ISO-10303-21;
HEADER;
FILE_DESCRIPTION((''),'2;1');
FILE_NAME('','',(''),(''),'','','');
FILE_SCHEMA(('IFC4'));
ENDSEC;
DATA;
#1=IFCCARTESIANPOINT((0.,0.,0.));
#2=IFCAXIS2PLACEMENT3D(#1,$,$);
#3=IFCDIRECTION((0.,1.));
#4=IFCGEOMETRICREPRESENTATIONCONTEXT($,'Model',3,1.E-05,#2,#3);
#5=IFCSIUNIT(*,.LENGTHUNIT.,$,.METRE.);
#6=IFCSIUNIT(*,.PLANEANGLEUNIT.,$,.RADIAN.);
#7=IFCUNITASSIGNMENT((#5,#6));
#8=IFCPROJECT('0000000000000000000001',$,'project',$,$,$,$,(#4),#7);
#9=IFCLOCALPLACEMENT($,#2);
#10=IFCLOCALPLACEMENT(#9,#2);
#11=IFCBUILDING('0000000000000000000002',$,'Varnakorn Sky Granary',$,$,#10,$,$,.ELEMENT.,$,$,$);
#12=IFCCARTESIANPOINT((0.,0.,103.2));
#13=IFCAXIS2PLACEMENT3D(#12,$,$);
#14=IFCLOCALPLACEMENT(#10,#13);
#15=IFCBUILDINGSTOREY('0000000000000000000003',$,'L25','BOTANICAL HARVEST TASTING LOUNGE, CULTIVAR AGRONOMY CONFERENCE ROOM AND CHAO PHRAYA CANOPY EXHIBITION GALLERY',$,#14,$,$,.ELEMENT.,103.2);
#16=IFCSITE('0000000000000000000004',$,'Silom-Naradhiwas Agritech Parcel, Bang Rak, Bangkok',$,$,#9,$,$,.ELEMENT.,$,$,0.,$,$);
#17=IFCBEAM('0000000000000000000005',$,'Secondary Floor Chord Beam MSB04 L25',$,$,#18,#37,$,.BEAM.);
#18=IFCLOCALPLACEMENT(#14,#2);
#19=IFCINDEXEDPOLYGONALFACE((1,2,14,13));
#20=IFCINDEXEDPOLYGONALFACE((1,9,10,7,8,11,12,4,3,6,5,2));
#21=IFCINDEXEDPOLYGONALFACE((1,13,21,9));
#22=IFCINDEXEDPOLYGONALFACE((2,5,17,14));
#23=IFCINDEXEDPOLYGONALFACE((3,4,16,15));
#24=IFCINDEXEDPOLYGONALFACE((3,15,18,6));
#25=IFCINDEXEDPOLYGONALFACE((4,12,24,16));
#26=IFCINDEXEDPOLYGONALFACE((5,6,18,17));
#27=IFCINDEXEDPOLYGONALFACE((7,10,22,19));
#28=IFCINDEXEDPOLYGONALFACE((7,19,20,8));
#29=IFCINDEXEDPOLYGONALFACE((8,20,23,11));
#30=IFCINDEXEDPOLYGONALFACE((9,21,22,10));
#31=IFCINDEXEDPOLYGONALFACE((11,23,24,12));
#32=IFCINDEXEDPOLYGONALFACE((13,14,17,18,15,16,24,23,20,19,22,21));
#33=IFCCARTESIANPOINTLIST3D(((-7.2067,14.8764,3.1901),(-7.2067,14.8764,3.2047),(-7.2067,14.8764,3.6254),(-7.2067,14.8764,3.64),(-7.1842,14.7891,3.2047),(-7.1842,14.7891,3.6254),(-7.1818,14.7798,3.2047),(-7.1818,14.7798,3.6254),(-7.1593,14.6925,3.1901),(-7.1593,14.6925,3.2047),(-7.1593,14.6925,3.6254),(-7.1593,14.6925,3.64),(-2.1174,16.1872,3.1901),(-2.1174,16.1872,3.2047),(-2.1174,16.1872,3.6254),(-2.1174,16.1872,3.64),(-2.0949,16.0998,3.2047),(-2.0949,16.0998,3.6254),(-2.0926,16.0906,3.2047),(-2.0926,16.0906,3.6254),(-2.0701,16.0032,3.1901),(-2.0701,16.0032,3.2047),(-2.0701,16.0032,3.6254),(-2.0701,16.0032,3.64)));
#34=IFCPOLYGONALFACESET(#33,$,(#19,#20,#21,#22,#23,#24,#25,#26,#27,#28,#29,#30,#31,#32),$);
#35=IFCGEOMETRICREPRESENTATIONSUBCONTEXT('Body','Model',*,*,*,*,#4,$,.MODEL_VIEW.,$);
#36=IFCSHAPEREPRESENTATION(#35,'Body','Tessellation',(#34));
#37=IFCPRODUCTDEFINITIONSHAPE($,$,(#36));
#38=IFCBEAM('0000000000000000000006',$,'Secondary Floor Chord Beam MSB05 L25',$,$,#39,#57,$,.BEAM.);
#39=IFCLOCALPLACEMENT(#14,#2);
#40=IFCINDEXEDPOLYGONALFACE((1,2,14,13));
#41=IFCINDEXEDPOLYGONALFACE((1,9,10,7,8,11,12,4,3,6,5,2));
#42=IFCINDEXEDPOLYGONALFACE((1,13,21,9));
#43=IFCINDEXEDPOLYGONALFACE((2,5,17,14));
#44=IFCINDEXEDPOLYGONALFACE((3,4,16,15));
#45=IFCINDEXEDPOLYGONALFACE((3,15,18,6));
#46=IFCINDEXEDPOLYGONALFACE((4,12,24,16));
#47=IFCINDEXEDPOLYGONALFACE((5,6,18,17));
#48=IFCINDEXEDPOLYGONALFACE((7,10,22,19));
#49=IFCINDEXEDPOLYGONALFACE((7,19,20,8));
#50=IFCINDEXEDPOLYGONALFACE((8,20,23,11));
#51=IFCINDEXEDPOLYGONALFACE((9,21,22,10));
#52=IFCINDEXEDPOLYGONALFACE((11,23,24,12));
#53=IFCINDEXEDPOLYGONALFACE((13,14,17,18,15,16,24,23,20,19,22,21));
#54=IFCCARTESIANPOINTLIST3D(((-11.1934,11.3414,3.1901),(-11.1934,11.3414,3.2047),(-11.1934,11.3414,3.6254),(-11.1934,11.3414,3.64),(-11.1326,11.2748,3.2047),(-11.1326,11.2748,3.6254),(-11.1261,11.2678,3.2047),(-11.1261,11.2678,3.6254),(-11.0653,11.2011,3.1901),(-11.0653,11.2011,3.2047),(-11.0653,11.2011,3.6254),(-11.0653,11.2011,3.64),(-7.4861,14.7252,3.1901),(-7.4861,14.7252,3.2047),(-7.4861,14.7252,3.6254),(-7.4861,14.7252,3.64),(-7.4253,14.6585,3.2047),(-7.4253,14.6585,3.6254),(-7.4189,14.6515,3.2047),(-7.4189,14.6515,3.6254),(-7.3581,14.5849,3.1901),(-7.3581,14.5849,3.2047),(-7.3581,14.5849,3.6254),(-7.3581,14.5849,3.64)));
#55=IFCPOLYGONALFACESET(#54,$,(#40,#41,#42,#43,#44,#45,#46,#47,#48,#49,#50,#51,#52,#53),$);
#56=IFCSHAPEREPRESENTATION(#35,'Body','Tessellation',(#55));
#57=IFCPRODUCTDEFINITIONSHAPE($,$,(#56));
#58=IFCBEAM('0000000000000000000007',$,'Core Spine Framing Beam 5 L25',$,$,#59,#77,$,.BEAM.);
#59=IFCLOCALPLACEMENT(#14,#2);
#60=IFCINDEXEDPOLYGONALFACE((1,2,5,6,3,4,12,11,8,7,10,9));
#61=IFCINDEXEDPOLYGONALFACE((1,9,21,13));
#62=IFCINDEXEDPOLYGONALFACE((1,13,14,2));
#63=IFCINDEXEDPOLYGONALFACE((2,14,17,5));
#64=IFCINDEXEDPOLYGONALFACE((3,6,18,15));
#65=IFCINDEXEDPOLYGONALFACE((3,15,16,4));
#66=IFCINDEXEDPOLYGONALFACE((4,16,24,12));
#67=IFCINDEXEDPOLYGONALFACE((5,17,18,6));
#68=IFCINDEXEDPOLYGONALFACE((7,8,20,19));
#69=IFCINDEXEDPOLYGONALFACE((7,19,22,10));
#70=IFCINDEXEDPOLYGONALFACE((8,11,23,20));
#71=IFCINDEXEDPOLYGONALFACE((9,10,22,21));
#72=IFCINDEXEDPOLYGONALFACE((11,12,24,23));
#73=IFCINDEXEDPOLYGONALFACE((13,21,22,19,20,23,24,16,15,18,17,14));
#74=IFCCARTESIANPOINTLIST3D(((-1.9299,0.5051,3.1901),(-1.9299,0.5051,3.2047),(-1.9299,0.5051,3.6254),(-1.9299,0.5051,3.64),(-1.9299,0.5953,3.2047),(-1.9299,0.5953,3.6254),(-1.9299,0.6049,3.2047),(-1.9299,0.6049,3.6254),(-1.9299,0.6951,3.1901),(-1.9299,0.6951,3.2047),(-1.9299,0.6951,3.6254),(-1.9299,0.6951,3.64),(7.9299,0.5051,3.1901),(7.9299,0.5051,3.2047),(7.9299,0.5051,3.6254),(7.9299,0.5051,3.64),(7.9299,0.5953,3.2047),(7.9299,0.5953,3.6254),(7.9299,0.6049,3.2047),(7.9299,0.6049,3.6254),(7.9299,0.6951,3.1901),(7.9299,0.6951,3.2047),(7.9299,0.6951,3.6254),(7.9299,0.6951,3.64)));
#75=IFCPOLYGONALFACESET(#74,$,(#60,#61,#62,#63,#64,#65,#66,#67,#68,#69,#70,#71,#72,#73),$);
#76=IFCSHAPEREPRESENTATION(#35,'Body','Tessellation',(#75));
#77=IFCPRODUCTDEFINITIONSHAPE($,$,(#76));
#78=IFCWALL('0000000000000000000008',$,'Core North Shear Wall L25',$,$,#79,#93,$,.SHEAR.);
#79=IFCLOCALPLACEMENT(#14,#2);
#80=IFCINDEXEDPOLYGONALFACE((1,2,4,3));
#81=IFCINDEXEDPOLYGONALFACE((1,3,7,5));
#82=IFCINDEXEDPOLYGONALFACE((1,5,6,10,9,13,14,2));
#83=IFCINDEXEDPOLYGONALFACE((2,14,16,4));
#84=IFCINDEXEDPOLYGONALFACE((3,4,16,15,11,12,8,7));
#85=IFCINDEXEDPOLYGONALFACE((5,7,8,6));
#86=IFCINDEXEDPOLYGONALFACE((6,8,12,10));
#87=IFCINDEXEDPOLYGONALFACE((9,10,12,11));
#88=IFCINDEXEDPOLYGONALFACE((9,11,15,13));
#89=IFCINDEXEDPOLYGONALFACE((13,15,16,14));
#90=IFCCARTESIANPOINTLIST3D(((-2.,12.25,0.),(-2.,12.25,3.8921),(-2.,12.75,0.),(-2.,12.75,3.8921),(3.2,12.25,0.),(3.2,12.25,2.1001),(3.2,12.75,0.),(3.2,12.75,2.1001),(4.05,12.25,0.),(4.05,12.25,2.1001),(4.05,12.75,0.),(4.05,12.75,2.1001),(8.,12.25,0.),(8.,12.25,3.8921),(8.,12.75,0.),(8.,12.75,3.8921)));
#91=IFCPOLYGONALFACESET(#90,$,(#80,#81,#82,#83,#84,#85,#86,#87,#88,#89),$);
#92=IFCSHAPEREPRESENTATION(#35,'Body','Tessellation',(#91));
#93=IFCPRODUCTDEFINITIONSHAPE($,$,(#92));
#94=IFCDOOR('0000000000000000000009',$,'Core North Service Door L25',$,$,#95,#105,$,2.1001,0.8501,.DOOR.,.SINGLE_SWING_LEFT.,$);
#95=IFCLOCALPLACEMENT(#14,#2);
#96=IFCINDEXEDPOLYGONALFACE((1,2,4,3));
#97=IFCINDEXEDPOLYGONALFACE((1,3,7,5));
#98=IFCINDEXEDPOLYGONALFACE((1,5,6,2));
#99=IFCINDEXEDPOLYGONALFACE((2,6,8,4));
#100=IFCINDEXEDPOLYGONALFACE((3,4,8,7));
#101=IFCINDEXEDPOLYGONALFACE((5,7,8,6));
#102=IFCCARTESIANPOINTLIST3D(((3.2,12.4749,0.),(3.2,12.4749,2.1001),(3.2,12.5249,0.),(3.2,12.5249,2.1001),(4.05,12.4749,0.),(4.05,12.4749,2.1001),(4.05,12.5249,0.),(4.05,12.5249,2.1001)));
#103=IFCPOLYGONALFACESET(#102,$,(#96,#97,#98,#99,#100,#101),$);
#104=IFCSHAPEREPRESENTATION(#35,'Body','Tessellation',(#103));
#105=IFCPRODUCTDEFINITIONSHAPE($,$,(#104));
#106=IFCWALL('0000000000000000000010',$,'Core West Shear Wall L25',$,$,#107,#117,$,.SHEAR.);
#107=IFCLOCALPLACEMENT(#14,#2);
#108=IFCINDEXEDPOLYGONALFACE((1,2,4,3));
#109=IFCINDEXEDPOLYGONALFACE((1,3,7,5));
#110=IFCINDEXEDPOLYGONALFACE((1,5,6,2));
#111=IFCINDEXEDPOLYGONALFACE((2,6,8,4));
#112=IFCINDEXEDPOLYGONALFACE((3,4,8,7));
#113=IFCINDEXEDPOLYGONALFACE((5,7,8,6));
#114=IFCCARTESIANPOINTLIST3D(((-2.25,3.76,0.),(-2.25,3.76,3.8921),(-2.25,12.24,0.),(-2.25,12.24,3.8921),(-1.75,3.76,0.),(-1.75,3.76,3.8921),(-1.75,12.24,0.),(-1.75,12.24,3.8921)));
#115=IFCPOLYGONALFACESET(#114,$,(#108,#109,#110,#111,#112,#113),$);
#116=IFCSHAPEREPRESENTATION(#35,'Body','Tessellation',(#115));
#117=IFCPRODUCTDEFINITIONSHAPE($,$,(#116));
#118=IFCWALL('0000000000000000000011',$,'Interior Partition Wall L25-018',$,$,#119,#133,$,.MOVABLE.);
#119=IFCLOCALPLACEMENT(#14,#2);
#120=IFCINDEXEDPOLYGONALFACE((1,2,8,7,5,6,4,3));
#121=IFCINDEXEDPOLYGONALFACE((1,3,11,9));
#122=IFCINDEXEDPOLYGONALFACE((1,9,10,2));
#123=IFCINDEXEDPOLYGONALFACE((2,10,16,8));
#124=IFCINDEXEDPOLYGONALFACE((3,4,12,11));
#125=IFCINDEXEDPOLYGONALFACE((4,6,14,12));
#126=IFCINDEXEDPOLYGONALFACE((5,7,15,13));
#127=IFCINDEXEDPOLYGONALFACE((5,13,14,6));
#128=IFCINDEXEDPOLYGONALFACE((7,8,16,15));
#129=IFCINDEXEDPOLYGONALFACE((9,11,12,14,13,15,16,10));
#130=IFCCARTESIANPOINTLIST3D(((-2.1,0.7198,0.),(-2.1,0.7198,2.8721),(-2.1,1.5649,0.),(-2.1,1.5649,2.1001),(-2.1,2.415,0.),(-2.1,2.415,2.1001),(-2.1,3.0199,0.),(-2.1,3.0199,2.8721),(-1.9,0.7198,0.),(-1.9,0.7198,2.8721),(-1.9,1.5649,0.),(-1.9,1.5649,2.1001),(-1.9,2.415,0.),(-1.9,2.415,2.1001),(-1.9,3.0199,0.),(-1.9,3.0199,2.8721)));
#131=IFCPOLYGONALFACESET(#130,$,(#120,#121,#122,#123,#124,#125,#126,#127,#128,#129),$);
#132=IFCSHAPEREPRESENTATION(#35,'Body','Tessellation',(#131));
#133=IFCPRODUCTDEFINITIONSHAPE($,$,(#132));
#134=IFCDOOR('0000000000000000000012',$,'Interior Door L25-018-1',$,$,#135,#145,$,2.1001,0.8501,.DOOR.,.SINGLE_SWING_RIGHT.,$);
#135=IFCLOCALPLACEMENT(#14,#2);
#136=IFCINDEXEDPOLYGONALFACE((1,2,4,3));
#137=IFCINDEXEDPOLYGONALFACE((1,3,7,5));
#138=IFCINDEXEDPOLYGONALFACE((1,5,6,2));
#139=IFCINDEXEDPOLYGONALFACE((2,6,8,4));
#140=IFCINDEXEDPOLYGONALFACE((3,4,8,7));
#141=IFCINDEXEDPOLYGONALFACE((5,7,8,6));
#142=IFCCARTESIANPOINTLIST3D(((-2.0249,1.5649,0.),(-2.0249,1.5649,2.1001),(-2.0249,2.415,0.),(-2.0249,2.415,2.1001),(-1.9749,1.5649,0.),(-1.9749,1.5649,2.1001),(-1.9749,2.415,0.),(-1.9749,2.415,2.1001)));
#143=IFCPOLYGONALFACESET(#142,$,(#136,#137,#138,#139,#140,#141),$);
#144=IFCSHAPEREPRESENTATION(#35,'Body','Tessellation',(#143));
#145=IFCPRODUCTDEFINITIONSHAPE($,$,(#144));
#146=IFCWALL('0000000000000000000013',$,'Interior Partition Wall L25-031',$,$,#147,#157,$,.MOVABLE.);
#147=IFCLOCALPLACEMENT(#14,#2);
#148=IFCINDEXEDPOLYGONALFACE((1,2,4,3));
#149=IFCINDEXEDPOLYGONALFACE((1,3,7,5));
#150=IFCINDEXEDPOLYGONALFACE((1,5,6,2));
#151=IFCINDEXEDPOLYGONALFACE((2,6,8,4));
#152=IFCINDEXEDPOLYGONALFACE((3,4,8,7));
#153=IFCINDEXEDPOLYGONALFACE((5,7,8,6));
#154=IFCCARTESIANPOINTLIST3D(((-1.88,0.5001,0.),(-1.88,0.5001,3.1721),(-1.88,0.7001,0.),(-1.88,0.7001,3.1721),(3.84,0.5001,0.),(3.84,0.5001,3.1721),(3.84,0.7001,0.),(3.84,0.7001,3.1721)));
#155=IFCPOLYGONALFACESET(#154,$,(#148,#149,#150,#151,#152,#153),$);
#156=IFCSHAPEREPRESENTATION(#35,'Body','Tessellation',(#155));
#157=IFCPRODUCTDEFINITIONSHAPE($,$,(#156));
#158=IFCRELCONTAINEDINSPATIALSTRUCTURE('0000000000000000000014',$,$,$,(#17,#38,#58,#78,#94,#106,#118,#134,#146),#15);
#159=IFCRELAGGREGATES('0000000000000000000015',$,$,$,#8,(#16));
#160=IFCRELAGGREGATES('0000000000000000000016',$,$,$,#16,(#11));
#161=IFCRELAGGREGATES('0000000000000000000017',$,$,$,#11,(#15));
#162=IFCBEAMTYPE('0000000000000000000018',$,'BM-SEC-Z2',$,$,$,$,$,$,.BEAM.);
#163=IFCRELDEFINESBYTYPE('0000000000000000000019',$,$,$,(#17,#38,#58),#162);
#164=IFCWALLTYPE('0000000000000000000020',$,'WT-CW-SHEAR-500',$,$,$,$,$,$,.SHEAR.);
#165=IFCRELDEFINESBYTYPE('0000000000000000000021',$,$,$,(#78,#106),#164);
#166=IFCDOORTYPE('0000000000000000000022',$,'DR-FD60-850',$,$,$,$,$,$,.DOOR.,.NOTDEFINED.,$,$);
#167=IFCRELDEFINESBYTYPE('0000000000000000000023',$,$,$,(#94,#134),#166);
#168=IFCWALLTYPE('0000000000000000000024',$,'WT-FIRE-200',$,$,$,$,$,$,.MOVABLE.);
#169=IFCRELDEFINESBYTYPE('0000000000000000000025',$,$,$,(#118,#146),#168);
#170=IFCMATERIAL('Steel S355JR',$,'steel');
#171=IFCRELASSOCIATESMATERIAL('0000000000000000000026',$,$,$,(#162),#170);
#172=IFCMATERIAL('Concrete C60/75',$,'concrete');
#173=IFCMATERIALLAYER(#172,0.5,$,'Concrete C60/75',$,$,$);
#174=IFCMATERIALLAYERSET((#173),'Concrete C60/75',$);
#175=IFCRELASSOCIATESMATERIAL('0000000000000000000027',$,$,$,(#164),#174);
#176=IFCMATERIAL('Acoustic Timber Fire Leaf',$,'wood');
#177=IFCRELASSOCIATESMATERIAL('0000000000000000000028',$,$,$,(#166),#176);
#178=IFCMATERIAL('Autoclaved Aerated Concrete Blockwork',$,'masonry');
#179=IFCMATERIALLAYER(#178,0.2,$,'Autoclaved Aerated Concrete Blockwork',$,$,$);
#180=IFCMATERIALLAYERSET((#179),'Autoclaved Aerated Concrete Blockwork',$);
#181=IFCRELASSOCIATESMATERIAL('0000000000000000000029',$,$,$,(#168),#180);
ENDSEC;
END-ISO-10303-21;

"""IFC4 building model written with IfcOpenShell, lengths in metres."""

from ifc_helpers import new_model, si_unit, direction, frame, frame_2d, origin, origin_2d, place, context, subcontext, project, spatial, rectangle, i_section, extrude, material, layer, layer_set, material_profile, profile_set, type_object, element, fill, save


model = new_model("IFC4")

# Units and contexts
model_context = context("Model", 3, precision=1e-05, world=origin(), true_north=direction((0.0, 1.0)))
body_context = subcontext(model_context, "Body", "Model", "MODEL_VIEW")
ifc_project = project(units=[si_unit("LENGTHUNIT", "METRE"), si_unit("PLANEANGLEUNIT", "RADIAN")], contexts=[model_context])

# Site, building, storey
site_placement = place(None, origin())
site = spatial("IfcSite", under=ifc_project, at=site_placement, Name="Silom-Naradhiwas Agritech Parcel, Bang Rak, Bangkok", CompositionType="ELEMENT", RefElevation=0.0)
building_placement = place(site_placement, origin())
building = spatial("IfcBuilding", under=site, at=building_placement, Name="Varnakorn Sky Granary", CompositionType="ELEMENT")
storey_placement = place(building_placement, frame((0.0, 0.0, 103.2)))
storey = spatial("IfcBuildingStorey", under=building, at=storey_placement, Name="L25", Description="BOTANICAL HARVEST TASTING LOUNGE, CULTIVAR AGRONOMY CONFERENCE ROOM AND CHAO PHRAYA CANOPY EXHIBITION GALLERY", CompositionType="ELEMENT", Elevation=103.2)

# Shared definitions
ifc_material_1 = material(Name="Concrete C60/75", Category="concrete")

# Beams
ifc_material_2 = material(Name="Steel S355JR", Category="steel")
ifc_material_profile_1 = material_profile(ifc_material_2, i_section(OverallWidth=0.1899, OverallDepth=0.45, WebThickness=0.0095, FlangeThickness=0.0146, at=origin_2d()), Name="IPE 450")
ifc_profile_set_1 = profile_set([ifc_material_profile_1], Name="Steel S355JR")
beam_type_1 = type_object("IfcBeamType", Name="BM-SEC-Z2", PredefinedType="BEAM", material=ifc_profile_set_1)
beam_1_placement = place(storey_placement, frame((-2.0938, 16.0952, 3.415), z_axis=(-0.968397, -0.249416, 0.0), x_axis=(0.249416, -0.968397, 0.0)))
element("IfcBeam", 1, at=beam_1_placement, inside=storey, type_object=beam_type_1, Name="Secondary Floor Chord Beam MSB04 L25", PredefinedType="BEAM", context=body_context, shape_type="SweptSolid", body=[
    extrude(i_section(OverallWidth=0.1899, OverallDepth=0.45, WebThickness=0.0095, FlangeThickness=0.0146, at=origin_2d()), origin(), (0.0, 0.0, 1.0), 5.2554),
])
beam_2_placement = place(storey_placement, frame((-7.4221, 14.655, 3.415), z_axis=(-0.738596, -0.674148, 0.0), x_axis=(0.674148, -0.738596, 0.0)))
element("IfcBeam", 2, at=beam_2_placement, inside=storey, type_object=beam_type_1, Name="Secondary Floor Chord Beam MSB05 L25", PredefinedType="BEAM", context=body_context, shape_type="SweptSolid", body=[
    extrude(i_section(OverallWidth=0.1899, OverallDepth=0.45, WebThickness=0.0095, FlangeThickness=0.0146, at=origin_2d()), origin(), (0.0, 0.0, 1.0), 5.0193),
])
beam_3_placement = place(storey_placement, frame((-1.9299, 0.6001, 3.415), z_axis=(1.0, 0.0, 0.0), x_axis=(0.0, 1.0, 0.0)))
element("IfcBeam", 3, at=beam_3_placement, inside=storey, type_object=beam_type_1, Name="Core Spine Framing Beam 5 L25", PredefinedType="BEAM", context=body_context, shape_type="SweptSolid", body=[
    extrude(i_section(OverallWidth=0.1899, OverallDepth=0.45, WebThickness=0.0095, FlangeThickness=0.0146, at=origin_2d()), origin(), (0.0, 0.0, 1.0), 9.8599),
])

# Shared definitions
ifc_layer_1 = layer(ifc_material_1, 0.5, Name="Concrete C60/75")
ifc_layer_set_1 = layer_set([ifc_layer_1], Name="Concrete C60/75")
wall_type_1 = type_object("IfcWallType", Name="WT-CW-SHEAR-500", PredefinedType="SHEAR", material=ifc_layer_set_1)

# Wall, opening, door
wall_1_placement = place(storey_placement, frame((-2.0, 12.5, 0.0), z_axis=(0.0, 0.0, 1.0), x_axis=(1.0, 0.0, 0.0)))
wall_1 = element("IfcWall", 4, at=wall_1_placement, inside=storey, type_object=wall_type_1, Name="Core North Shear Wall L25", PredefinedType="SHEAR", context=body_context, shape_type="SweptSolid", body=[
    extrude(rectangle(XDim=10.0, YDim=0.5, at=frame_2d((5.0, 0.0))), origin(), (0.0, 0.0, 1.0), 3.8921),
])
opening_1_placement = place(wall_1_placement, frame((5.2, 0.0, 0.0)))
opening_1 = element("IfcOpeningElement", 5, at=opening_1_placement, cuts=wall_1, PredefinedType="OPENING", context=body_context, shape_type="SweptSolid", body=[
    extrude(rectangle(XDim=0.8501, YDim=2.1001, at=frame_2d((0.425, 1.05))), frame((0.0, 0.26, 0.0), z_axis=(0.0, -1.0, 0.0), x_axis=(1.0, 0.0, 0.0)), (0.0, 0.0, 1.0), 0.52),
])
ifc_material_3 = material(Name="Acoustic Timber Fire Leaf", Category="wood")
door_type_1 = type_object("IfcDoorType", Name="DR-FD60-850", OperationType="NOTDEFINED", PredefinedType="DOOR", material=ifc_material_3)
door_1_placement = place(opening_1_placement, origin())
door_1 = element("IfcDoor", 6, at=door_1_placement, inside=storey, type_object=door_type_1, Name="Core North Service Door L25", OperationType="SINGLE_SWING_LEFT", OverallHeight=2.1001, OverallWidth=0.8501, PredefinedType="DOOR", context=body_context, shape_type="SweptSolid", body=[
    extrude(rectangle(XDim=0.8501, YDim=2.1001, at=frame_2d((0.425, 1.05))), frame((0.0, 0.0249, 0.0), z_axis=(0.0, -1.0, 0.0), x_axis=(1.0, 0.0, 0.0)), (0.0, 0.0, 1.0), 0.05),
])
fill(opening_1, door_1)

# Wall
wall_2_placement = place(storey_placement, frame((-2.0, 3.76, 0.0), z_axis=(0.0, 0.0, 1.0), x_axis=(0.0, 1.0, 0.0)))
element("IfcWall", 7, at=wall_2_placement, inside=storey, type_object=wall_type_1, Name="Core West Shear Wall L25", PredefinedType="SHEAR", context=body_context, shape_type="SweptSolid", body=[
    extrude(rectangle(XDim=8.48, YDim=0.5, at=frame_2d((4.24, 0.0))), origin(), (0.0, 0.0, 1.0), 3.8921),
])

# Wall, opening, door
ifc_material_4 = material(Name="Autoclaved Aerated Concrete Blockwork", Category="masonry")
ifc_layer_2 = layer(ifc_material_4, 0.2, Name="Autoclaved Aerated Concrete Blockwork")
ifc_layer_set_2 = layer_set([ifc_layer_2], Name="Autoclaved Aerated Concrete Blockwork")
wall_type_2 = type_object("IfcWallType", Name="WT-FIRE-200", PredefinedType="MOVABLE", material=ifc_layer_set_2)
wall_3_placement = place(storey_placement, frame((-2.0, 0.72, 0.0), z_axis=(0.0, 0.0, 1.0), x_axis=(0.0, 1.0, 0.0)))
wall_3 = element("IfcWall", 8, at=wall_3_placement, inside=storey, type_object=wall_type_2, Name="Interior Partition Wall L25-018", PredefinedType="MOVABLE", context=body_context, shape_type="SweptSolid", body=[
    extrude(rectangle(XDim=2.3, YDim=0.2, at=frame_2d((1.1499, 0.0))), origin(), (0.0, 0.0, 1.0), 2.8721),
])
opening_2_placement = place(wall_3_placement, frame((0.845, 0.0, 0.0)))
opening_2 = element("IfcOpeningElement", 9, at=opening_2_placement, cuts=wall_3, PredefinedType="OPENING", context=body_context, shape_type="SweptSolid", body=[
    extrude(rectangle(XDim=0.8501, YDim=2.1001, at=frame_2d((0.425, 1.05))), frame((0.0, 0.1099, 0.0), z_axis=(0.0, -1.0, 0.0), x_axis=(1.0, 0.0, 0.0)), (0.0, 0.0, 1.0), 0.22),
])
door_2_placement = place(opening_2_placement, origin())
door_2 = element("IfcDoor", 10, at=door_2_placement, inside=storey, type_object=door_type_1, Name="Interior Door L25-018-1", OperationType="SINGLE_SWING_RIGHT", OverallHeight=2.1001, OverallWidth=0.8501, PredefinedType="DOOR", context=body_context, shape_type="SweptSolid", body=[
    extrude(rectangle(XDim=0.8501, YDim=2.1001, at=frame_2d((0.425, 1.05))), frame((0.0, 0.0249, 0.0), z_axis=(0.0, -1.0, 0.0), x_axis=(1.0, 0.0, 0.0)), (0.0, 0.0, 1.0), 0.05),
])
fill(opening_2, door_2)

# Wall
wall_4_placement = place(storey_placement, frame((-1.8799, 0.6001, 0.0), z_axis=(0.0, 0.0, 1.0), x_axis=(1.0, 0.0, 0.0)))
element("IfcWall", 11, at=wall_4_placement, inside=storey, type_object=wall_type_2, Name="Interior Partition Wall L25-031", PredefinedType="MOVABLE", context=body_context, shape_type="SweptSolid", body=[
    extrude(rectangle(XDim=5.72, YDim=0.2, at=frame_2d((2.8599, 0.0))), origin(), (0.0, 0.0, 1.0), 3.1721),
])

save(model, "model.ifc")
